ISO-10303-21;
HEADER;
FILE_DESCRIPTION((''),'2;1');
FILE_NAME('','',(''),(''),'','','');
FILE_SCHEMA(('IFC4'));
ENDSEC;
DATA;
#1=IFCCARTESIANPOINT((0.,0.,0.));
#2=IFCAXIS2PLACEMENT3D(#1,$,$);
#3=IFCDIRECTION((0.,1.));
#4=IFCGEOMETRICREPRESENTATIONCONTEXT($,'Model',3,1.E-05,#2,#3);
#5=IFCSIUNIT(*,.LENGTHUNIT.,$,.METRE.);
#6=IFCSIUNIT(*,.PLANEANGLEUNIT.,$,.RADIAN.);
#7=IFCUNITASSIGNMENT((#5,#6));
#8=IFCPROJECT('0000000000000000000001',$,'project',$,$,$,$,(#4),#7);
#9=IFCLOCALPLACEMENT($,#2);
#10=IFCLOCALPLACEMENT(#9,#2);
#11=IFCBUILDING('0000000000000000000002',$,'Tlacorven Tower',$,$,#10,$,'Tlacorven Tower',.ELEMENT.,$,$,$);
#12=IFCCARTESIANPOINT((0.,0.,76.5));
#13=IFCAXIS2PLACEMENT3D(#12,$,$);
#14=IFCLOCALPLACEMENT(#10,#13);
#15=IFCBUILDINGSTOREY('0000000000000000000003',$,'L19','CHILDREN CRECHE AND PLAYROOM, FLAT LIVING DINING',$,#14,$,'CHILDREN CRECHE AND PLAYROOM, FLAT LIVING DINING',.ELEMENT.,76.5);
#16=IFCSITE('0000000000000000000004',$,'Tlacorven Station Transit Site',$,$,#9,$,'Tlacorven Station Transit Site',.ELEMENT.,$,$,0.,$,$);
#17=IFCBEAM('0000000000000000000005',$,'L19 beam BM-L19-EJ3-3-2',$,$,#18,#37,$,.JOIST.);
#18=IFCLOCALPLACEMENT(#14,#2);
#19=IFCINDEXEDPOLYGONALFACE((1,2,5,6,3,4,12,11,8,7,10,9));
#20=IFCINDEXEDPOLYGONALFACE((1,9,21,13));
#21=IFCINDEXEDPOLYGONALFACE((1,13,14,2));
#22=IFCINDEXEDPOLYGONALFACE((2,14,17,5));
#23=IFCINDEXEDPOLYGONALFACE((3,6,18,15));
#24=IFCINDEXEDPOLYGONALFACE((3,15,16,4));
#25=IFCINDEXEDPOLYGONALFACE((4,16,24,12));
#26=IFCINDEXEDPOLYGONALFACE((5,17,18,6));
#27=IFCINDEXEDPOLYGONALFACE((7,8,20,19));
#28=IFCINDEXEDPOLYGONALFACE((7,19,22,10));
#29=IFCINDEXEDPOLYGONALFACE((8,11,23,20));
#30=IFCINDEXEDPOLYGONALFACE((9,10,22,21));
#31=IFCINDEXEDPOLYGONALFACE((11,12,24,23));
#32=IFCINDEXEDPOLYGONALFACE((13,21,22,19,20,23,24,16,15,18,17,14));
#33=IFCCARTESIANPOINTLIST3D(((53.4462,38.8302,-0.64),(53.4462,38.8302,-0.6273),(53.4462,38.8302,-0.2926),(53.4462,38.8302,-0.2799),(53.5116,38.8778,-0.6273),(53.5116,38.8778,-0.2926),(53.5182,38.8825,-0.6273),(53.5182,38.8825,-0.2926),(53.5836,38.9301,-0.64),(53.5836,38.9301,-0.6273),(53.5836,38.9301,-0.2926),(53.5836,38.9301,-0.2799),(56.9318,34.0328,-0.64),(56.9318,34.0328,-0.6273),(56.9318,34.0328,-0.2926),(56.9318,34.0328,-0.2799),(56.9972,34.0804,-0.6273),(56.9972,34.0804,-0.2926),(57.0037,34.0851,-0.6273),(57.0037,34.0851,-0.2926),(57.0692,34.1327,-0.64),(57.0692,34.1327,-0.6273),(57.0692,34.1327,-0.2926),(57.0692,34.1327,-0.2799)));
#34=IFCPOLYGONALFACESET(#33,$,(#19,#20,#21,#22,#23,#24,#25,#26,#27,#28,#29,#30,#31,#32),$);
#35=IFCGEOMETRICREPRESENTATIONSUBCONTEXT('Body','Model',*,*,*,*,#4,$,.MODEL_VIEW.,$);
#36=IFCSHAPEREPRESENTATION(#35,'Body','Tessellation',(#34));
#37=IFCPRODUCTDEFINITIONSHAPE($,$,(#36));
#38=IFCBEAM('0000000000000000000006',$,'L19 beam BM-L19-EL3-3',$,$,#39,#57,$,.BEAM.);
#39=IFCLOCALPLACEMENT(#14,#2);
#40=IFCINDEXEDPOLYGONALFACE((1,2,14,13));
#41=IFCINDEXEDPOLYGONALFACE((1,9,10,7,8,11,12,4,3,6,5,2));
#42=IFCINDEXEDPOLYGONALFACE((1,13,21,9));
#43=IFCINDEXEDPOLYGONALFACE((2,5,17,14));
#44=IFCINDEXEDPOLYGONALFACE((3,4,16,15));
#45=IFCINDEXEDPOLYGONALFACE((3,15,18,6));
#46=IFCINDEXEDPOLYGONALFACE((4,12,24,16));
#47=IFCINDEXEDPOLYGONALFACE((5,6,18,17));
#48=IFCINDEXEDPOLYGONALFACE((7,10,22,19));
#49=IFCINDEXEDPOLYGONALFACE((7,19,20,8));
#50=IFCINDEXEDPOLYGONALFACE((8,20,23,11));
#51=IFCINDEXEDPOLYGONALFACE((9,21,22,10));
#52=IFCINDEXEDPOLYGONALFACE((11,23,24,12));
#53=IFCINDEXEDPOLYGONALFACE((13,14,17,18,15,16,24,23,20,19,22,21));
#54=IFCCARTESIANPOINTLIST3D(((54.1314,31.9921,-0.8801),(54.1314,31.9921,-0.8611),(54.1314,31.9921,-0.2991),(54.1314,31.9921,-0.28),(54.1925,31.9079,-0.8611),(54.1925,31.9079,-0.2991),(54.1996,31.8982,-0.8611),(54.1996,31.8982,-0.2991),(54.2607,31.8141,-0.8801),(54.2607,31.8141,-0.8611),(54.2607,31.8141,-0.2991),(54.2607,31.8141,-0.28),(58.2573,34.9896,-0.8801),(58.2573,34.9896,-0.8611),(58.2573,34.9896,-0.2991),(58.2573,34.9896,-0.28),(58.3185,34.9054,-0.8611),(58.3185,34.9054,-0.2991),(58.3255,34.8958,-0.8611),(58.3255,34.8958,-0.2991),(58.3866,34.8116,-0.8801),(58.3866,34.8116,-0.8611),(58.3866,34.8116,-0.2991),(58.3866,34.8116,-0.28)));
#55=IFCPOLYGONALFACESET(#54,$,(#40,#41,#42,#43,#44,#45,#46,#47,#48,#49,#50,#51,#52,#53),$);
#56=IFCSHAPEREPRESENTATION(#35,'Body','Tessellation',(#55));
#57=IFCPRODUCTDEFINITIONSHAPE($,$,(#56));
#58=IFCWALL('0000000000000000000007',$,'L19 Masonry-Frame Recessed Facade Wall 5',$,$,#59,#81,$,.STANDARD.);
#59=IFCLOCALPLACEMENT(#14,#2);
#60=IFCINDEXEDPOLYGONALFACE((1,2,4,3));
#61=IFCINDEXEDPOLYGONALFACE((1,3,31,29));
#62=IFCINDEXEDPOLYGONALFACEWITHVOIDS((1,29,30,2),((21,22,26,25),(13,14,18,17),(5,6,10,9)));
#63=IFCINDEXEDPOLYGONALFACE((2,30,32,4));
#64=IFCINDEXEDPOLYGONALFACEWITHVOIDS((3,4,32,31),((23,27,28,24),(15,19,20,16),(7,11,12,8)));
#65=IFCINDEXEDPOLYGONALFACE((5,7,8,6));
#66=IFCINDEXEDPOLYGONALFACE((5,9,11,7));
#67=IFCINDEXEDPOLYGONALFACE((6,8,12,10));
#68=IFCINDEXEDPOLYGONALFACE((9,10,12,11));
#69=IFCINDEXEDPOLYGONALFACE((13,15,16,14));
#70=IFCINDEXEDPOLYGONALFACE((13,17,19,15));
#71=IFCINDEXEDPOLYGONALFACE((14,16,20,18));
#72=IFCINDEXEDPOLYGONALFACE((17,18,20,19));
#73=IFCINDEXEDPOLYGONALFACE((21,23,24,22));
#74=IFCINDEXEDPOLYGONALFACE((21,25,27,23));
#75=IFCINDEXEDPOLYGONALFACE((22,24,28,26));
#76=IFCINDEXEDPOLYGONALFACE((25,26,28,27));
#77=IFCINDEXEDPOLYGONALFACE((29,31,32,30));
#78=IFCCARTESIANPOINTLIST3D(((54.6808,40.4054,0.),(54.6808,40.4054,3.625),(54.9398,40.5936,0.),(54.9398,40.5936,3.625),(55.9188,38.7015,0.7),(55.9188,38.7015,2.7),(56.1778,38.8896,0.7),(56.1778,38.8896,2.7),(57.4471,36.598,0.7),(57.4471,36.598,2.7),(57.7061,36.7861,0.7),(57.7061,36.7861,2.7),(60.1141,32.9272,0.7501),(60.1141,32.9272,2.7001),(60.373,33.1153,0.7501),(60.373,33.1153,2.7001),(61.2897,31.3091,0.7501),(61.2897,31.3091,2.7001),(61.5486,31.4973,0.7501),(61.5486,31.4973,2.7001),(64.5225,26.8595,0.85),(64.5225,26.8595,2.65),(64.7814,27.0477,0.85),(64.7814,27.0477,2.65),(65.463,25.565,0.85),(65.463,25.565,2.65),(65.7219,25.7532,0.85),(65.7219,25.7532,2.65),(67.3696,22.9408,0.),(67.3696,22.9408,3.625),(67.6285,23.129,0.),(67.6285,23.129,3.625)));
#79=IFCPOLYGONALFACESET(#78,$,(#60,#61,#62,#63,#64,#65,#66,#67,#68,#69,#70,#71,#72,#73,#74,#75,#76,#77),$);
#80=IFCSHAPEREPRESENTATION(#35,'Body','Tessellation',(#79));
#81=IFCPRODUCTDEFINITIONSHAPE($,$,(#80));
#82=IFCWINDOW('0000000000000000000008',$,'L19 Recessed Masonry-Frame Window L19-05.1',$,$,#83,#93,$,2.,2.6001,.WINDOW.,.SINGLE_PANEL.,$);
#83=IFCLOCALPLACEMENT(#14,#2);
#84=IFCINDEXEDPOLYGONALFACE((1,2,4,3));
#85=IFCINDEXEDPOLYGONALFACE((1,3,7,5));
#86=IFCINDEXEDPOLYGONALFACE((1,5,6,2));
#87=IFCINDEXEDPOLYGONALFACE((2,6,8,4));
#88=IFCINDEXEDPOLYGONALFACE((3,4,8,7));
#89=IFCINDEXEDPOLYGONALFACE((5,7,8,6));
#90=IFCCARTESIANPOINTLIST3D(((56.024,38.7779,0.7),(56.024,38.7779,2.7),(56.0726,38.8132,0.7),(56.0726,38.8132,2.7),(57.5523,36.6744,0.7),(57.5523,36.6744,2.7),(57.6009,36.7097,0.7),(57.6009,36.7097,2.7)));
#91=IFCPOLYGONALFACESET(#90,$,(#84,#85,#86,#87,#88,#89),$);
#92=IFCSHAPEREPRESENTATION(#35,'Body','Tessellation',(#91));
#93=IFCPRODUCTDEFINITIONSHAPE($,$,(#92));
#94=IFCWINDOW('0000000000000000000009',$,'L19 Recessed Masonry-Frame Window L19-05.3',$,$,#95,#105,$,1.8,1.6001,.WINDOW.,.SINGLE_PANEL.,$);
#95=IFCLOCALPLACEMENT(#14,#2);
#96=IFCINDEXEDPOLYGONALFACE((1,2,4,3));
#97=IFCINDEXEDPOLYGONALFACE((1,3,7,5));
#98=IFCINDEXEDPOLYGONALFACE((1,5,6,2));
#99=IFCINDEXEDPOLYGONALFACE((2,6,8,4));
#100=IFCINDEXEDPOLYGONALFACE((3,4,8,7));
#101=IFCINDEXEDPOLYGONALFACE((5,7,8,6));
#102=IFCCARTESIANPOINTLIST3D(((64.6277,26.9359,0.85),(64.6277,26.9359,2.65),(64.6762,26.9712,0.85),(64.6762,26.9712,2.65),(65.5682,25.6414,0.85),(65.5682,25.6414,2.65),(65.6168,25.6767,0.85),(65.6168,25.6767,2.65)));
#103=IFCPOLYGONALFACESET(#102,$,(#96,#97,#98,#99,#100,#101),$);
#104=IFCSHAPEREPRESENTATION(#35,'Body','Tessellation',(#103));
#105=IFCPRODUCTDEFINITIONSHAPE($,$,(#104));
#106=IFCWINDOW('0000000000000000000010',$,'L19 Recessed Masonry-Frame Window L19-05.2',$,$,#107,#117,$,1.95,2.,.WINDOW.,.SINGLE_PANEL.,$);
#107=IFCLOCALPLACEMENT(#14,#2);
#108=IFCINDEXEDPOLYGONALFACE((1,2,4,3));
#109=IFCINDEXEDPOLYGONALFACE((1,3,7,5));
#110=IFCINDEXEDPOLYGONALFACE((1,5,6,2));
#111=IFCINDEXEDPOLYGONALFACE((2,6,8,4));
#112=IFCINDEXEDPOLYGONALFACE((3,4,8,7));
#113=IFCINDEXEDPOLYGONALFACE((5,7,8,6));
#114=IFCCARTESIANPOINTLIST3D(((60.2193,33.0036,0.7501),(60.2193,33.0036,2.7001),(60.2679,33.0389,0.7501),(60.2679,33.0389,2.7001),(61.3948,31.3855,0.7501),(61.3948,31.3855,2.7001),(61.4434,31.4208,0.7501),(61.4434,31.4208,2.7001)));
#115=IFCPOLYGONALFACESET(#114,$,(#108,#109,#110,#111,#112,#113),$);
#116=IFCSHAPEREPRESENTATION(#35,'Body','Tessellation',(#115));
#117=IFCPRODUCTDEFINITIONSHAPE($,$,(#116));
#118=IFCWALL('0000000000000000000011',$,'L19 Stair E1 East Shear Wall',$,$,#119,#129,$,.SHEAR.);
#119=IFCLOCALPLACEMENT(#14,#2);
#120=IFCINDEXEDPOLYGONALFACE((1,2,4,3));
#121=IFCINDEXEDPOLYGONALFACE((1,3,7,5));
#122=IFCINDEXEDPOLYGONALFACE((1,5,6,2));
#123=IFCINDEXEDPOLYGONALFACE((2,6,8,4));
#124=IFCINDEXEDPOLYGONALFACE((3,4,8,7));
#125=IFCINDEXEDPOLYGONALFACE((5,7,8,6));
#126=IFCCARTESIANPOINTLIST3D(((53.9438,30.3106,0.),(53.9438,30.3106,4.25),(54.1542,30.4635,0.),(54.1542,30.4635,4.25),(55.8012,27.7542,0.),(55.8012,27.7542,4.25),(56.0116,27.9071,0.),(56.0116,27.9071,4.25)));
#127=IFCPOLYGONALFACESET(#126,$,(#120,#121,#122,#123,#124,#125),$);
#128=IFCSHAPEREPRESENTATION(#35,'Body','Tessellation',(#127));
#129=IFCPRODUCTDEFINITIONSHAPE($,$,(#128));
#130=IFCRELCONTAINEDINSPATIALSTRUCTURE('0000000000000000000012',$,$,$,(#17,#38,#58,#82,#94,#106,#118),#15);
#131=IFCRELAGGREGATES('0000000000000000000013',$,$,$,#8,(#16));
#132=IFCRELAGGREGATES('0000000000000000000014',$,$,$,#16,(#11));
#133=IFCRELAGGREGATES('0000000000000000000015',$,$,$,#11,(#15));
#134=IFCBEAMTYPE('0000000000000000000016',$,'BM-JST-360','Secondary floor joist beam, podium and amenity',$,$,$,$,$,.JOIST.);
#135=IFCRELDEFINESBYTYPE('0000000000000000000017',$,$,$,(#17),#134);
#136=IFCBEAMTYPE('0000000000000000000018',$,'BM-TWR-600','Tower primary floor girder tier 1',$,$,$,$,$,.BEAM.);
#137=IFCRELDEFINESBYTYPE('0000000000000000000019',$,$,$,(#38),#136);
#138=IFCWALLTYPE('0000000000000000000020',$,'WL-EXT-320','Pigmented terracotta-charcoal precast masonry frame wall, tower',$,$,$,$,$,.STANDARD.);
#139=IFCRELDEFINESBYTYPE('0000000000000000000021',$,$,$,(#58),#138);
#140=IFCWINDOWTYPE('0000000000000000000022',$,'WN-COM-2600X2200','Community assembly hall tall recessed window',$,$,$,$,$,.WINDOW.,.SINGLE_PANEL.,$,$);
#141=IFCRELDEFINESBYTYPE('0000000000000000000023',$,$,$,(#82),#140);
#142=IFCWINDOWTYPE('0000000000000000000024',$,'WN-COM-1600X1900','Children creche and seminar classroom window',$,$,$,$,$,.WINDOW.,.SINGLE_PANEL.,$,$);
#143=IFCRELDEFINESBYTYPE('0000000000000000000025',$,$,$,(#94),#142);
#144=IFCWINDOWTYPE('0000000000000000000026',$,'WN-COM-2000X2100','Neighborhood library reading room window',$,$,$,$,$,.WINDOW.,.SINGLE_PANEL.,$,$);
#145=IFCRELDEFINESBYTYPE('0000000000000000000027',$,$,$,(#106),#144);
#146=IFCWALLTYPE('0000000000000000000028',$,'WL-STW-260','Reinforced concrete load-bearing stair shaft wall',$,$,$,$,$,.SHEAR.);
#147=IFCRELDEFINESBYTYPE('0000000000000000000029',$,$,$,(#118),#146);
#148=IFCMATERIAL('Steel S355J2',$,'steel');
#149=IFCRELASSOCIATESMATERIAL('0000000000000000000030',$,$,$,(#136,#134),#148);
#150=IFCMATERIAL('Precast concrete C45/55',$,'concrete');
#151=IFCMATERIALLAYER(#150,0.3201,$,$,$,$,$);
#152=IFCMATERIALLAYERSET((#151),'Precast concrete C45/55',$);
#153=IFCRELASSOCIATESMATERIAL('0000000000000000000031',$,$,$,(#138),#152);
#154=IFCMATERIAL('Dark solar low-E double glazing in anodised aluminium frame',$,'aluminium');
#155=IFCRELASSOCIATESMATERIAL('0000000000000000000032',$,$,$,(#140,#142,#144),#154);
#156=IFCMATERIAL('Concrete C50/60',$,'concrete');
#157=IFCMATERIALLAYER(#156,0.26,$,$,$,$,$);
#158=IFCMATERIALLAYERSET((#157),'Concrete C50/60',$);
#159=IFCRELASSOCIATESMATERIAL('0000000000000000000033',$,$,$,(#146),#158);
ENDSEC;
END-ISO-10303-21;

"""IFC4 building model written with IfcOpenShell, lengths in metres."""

from ifc_helpers import new_model, si_unit, direction, frame, frame_2d, origin, origin_2d, place, context, subcontext, project, spatial, rectangle, i_section, extrude, source, transform, mapped, material, layer, layer_set, material_profile, profile_set, type_object, element, fill, save


model = new_model("IFC4")

# Units and contexts
model_context = context("Model", 3, precision=1e-05, world=origin(), true_north=direction((0.0, 1.0)))
body_context = subcontext(model_context, "Body", "Model", "MODEL_VIEW")
ifc_project = project(units=[si_unit("LENGTHUNIT", "METRE"), si_unit("PLANEANGLEUNIT", "RADIAN")], contexts=[model_context])

# Site, building, storey
site_placement = place(None, origin())
site = spatial("IfcSite", under=ifc_project, at=site_placement, Name="Tlacorven Station Transit Site", LongName="Tlacorven Station Transit Site", CompositionType="ELEMENT", RefElevation=0.0)
building_placement = place(site_placement, origin())
building = spatial("IfcBuilding", under=site, at=building_placement, Name="Tlacorven Tower", LongName="Tlacorven Tower", CompositionType="ELEMENT")
storey_placement = place(building_placement, frame((0.0, 0.0, 76.5)))
storey = spatial("IfcBuildingStorey", under=building, at=storey_placement, Name="L19", Description="CHILDREN CRECHE AND PLAYROOM, FLAT LIVING DINING", LongName="CHILDREN CRECHE AND PLAYROOM, FLAT LIVING DINING", CompositionType="ELEMENT", Elevation=76.5)

# Beams
ifc_material_1 = material(Name="Steel S355J2", Category="steel")
ifc_material_profile_1 = material_profile(ifc_material_1, i_section(OverallWidth=0.22, OverallDepth=0.6001, WebThickness=0.012, FlangeThickness=0.019, at=origin_2d()), Name="IPE 600")
ifc_profile_set_1 = profile_set([ifc_material_profile_1], Name="Steel S355J2")
beam_type_1 = type_object("IfcBeamType", Name="BM-TWR-600", Description="Tower primary floor girder tier 1", PredefinedType="BEAM", material=ifc_profile_set_1)
ifc_material_profile_2 = material_profile(ifc_material_1, i_section(OverallWidth=0.1699, OverallDepth=0.3601, WebThickness=0.0081, FlangeThickness=0.0127, at=origin_2d()), Name="IPE 360")
ifc_profile_set_2 = profile_set([ifc_material_profile_2], Name="Steel S355J2")
beam_type_2 = type_object("IfcBeamType", Name="BM-JST-360", Description="Secondary floor joist beam, podium and amenity", PredefinedType="JOIST", material=ifc_profile_set_2)
shared_shape_1 = source(origin(), body_context, "Body", "SweptSolid", [
    extrude(i_section(OverallWidth=0.1699, OverallDepth=0.3601, WebThickness=0.0081, FlangeThickness=0.0127, at=origin_2d()), origin(), (0.0, 0.0, 1.0), 5.9299),
])
beam_1_placement = place(storey_placement, frame((57.0005, 34.0828, -0.46), z_axis=(-0.587797, 0.809008, 0.0), x_axis=(-0.809008, -0.587797, 0.0)))
element("IfcBeam", 1, at=beam_1_placement, inside=storey, type_object=beam_type_2, Name="L19 beam BM-L19-EJ3-3-2", PredefinedType="JOIST", context=body_context, shape_type="MappedRepresentation", body=[
    mapped(shared_shape_1, transform((0.0, 0.0, 0.0), scale=1.0)),
])
shared_shape_2 = source(origin(), body_context, "Body", "SweptSolid", [
    extrude(i_section(OverallWidth=0.22, OverallDepth=0.6001, WebThickness=0.012, FlangeThickness=0.019, at=origin_2d()), origin(), (0.0, 0.0, 1.0), 5.0999),
])
beam_2_placement = place(storey_placement, frame((54.196, 31.9031, -0.5801), z_axis=(0.80903, 0.587767, 0.0), x_axis=(-0.587767, 0.80903, 0.0)))
element("IfcBeam", 2, at=beam_2_placement, inside=storey, type_object=beam_type_1, Name="L19 beam BM-L19-EL3-3", PredefinedType="BEAM", context=body_context, shape_type="MappedRepresentation", body=[
    mapped(shared_shape_2, transform((0.0, 0.0, 0.0), scale=1.0)),
])

# Wall, openings, windows
ifc_material_2 = material(Name="Precast concrete C45/55", Category="concrete")
ifc_layer_1 = layer(ifc_material_2, 0.3201)
ifc_layer_set_1 = layer_set([ifc_layer_1], Name="Precast concrete C45/55")
wall_type_1 = type_object("IfcWallType", Name="WL-EXT-320", Description="Pigmented terracotta-charcoal precast masonry frame wall, tower", PredefinedType="STANDARD", material=ifc_layer_set_1)
wall_1_placement = place(storey_placement, frame((54.8103, 40.4995, 0.0), z_axis=(0.0, 0.0, 1.0), x_axis=(0.587784, -0.809018, 0.0)))
wall_1 = element("IfcWall", 3, at=wall_1_placement, inside=storey, type_object=wall_type_1, Name="L19 Masonry-Frame Recessed Facade Wall 5", PredefinedType="STANDARD", context=body_context, shape_type="SweptSolid", body=[
    extrude(rectangle(XDim=21.5874, YDim=0.3201, at=frame_2d((10.7937, 0.0))), origin(), (0.0, 0.0, 1.0), 3.625),
])
opening_1_placement = place(wall_1_placement, frame((2.1062, 0.0, 0.7)))
opening_1 = element("IfcOpeningElement", 4, at=opening_1_placement, cuts=wall_1, PredefinedType="OPENING", context=body_context, shape_type="SweptSolid", body=[
    extrude(rectangle(XDim=2.6001, YDim=2.0, at=frame_2d((1.3, 1.0))), frame((0.0, 0.1699, 0.0), z_axis=(0.0, -1.0, 0.0), x_axis=(1.0, 0.0, 0.0)), (0.0, 0.0, 1.0), 0.3401),
])
opening_2_placement = place(wall_1_placement, frame((9.2437, 0.0, 0.75)))
opening_2 = element("IfcOpeningElement", 5, at=opening_2_placement, cuts=wall_1, PredefinedType="OPENING", context=body_context, shape_type="SweptSolid", body=[
    extrude(rectangle(XDim=2.0, YDim=1.95, at=frame_2d((1.0, 0.9751))), frame((0.0, 0.1699, 0.0), z_axis=(0.0, -1.0, 0.0), x_axis=(1.0, 0.0, 0.0)), (0.0, 0.0, 1.0), 0.3401),
])
opening_3_placement = place(wall_1_placement, frame((16.7437, 0.0, 0.8501)))
opening_3 = element("IfcOpeningElement", 6, at=opening_3_placement, cuts=wall_1, PredefinedType="OPENING", context=body_context, shape_type="SweptSolid", body=[
    extrude(rectangle(XDim=1.6001, YDim=1.8, at=frame_2d((0.8, 0.8999))), frame((0.0, 0.1699, 0.0), z_axis=(0.0, -1.0, 0.0), x_axis=(1.0, 0.0, 0.0)), (0.0, 0.0, 1.0), 0.3401),
])
ifc_material_3 = material(Name="Dark solar low-E double glazing in anodised aluminium frame", Category="aluminium")
window_type_1 = type_object("IfcWindowType", Name="WN-COM-2600X2200", Description="Community assembly hall tall recessed window", PartitioningType="SINGLE_PANEL", PredefinedType="WINDOW", material=ifc_material_3)
shared_shape_3 = source(origin(), body_context, "Body", "SweptSolid", [
    extrude(rectangle(XDim=2.6001, YDim=2.0, at=frame_2d((1.3, 1.0))), frame((0.0, 0.03, 0.0), z_axis=(0.0, -1.0, 0.0), x_axis=(1.0, 0.0, 0.0)), (0.0, 0.0, 1.0), 0.0601),
])
window_1_placement = place(opening_1_placement, origin())
window_1 = element("IfcWindow", 7, at=window_1_placement, inside=storey, type_object=window_type_1, Name="L19 Recessed Masonry-Frame Window L19-05.1", OverallHeight=2.0, OverallWidth=2.6001, PartitioningType="SINGLE_PANEL", PredefinedType="WINDOW", context=body_context, shape_type="MappedRepresentation", body=[
    mapped(shared_shape_3, transform((0.0, 0.0, 0.0), scale=1.0)),
])
fill(opening_1, window_1)
window_type_2 = type_object("IfcWindowType", Name="WN-COM-1600X1900", Description="Children creche and seminar classroom window", PartitioningType="SINGLE_PANEL", PredefinedType="WINDOW", material=ifc_material_3)
shared_shape_4 = source(origin(), body_context, "Body", "SweptSolid", [
    extrude(rectangle(XDim=1.6001, YDim=1.8, at=frame_2d((0.8, 0.8999))), frame((0.0, 0.03, 0.0), z_axis=(0.0, -1.0, 0.0), x_axis=(1.0, 0.0, 0.0)), (0.0, 0.0, 1.0), 0.0601),
])
window_2_placement = place(opening_3_placement, origin())
window_2 = element("IfcWindow", 8, at=window_2_placement, inside=storey, type_object=window_type_2, Name="L19 Recessed Masonry-Frame Window L19-05.3", OverallHeight=1.8, OverallWidth=1.6001, PartitioningType="SINGLE_PANEL", PredefinedType="WINDOW", context=body_context, shape_type="MappedRepresentation", body=[
    mapped(shared_shape_4, transform((0.0, 0.0, 0.0), scale=1.0)),
])
fill(opening_3, window_2)
window_type_3 = type_object("IfcWindowType", Name="WN-COM-2000X2100", Description="Neighborhood library reading room window", PartitioningType="SINGLE_PANEL", PredefinedType="WINDOW", material=ifc_material_3)
shared_shape_5 = source(origin(), body_context, "Body", "SweptSolid", [
    extrude(rectangle(XDim=2.0, YDim=1.95, at=frame_2d((1.0, 0.9751))), frame((0.0, 0.03, 0.0), z_axis=(0.0, -1.0, 0.0), x_axis=(1.0, 0.0, 0.0)), (0.0, 0.0, 1.0), 0.0601),
])
window_3_placement = place(opening_2_placement, origin())
window_3 = element("IfcWindow", 9, at=window_3_placement, inside=storey, type_object=window_type_3, Name="L19 Recessed Masonry-Frame Window L19-05.2", OverallHeight=1.95, OverallWidth=2.0, PartitioningType="SINGLE_PANEL", PredefinedType="WINDOW", context=body_context, shape_type="MappedRepresentation", body=[
    mapped(shared_shape_5, transform((0.0, 0.0, 0.0), scale=1.0)),
])
fill(opening_2, window_3)

# Wall
ifc_material_4 = material(Name="Concrete C50/60", Category="concrete")
ifc_layer_2 = layer(ifc_material_4, 0.26)
ifc_layer_set_2 = layer_set([ifc_layer_2], Name="Concrete C50/60")
wall_type_2 = type_object("IfcWallType", Name="WL-STW-260", Description="Reinforced concrete load-bearing stair shaft wall", PredefinedType="SHEAR", material=ifc_layer_set_2)
wall_2_placement = place(storey_placement, frame((55.9065, 27.8306, 0.0), z_axis=(0.0, 0.0, 1.0), x_axis=(-0.587804, 0.809003, 0.0)))
element("IfcWall", 10, at=wall_2_placement, inside=storey, type_object=wall_type_2, Name="L19 Stair E1 East Shear Wall", PredefinedType="SHEAR", context=body_context, shape_type="SweptSolid", body=[
    extrude(rectangle(XDim=3.1599, YDim=0.26, at=frame_2d((1.5801, 0.0))), origin(), (0.0, 0.0, 1.0), 4.25),
])

save(model, "model.ifc")
